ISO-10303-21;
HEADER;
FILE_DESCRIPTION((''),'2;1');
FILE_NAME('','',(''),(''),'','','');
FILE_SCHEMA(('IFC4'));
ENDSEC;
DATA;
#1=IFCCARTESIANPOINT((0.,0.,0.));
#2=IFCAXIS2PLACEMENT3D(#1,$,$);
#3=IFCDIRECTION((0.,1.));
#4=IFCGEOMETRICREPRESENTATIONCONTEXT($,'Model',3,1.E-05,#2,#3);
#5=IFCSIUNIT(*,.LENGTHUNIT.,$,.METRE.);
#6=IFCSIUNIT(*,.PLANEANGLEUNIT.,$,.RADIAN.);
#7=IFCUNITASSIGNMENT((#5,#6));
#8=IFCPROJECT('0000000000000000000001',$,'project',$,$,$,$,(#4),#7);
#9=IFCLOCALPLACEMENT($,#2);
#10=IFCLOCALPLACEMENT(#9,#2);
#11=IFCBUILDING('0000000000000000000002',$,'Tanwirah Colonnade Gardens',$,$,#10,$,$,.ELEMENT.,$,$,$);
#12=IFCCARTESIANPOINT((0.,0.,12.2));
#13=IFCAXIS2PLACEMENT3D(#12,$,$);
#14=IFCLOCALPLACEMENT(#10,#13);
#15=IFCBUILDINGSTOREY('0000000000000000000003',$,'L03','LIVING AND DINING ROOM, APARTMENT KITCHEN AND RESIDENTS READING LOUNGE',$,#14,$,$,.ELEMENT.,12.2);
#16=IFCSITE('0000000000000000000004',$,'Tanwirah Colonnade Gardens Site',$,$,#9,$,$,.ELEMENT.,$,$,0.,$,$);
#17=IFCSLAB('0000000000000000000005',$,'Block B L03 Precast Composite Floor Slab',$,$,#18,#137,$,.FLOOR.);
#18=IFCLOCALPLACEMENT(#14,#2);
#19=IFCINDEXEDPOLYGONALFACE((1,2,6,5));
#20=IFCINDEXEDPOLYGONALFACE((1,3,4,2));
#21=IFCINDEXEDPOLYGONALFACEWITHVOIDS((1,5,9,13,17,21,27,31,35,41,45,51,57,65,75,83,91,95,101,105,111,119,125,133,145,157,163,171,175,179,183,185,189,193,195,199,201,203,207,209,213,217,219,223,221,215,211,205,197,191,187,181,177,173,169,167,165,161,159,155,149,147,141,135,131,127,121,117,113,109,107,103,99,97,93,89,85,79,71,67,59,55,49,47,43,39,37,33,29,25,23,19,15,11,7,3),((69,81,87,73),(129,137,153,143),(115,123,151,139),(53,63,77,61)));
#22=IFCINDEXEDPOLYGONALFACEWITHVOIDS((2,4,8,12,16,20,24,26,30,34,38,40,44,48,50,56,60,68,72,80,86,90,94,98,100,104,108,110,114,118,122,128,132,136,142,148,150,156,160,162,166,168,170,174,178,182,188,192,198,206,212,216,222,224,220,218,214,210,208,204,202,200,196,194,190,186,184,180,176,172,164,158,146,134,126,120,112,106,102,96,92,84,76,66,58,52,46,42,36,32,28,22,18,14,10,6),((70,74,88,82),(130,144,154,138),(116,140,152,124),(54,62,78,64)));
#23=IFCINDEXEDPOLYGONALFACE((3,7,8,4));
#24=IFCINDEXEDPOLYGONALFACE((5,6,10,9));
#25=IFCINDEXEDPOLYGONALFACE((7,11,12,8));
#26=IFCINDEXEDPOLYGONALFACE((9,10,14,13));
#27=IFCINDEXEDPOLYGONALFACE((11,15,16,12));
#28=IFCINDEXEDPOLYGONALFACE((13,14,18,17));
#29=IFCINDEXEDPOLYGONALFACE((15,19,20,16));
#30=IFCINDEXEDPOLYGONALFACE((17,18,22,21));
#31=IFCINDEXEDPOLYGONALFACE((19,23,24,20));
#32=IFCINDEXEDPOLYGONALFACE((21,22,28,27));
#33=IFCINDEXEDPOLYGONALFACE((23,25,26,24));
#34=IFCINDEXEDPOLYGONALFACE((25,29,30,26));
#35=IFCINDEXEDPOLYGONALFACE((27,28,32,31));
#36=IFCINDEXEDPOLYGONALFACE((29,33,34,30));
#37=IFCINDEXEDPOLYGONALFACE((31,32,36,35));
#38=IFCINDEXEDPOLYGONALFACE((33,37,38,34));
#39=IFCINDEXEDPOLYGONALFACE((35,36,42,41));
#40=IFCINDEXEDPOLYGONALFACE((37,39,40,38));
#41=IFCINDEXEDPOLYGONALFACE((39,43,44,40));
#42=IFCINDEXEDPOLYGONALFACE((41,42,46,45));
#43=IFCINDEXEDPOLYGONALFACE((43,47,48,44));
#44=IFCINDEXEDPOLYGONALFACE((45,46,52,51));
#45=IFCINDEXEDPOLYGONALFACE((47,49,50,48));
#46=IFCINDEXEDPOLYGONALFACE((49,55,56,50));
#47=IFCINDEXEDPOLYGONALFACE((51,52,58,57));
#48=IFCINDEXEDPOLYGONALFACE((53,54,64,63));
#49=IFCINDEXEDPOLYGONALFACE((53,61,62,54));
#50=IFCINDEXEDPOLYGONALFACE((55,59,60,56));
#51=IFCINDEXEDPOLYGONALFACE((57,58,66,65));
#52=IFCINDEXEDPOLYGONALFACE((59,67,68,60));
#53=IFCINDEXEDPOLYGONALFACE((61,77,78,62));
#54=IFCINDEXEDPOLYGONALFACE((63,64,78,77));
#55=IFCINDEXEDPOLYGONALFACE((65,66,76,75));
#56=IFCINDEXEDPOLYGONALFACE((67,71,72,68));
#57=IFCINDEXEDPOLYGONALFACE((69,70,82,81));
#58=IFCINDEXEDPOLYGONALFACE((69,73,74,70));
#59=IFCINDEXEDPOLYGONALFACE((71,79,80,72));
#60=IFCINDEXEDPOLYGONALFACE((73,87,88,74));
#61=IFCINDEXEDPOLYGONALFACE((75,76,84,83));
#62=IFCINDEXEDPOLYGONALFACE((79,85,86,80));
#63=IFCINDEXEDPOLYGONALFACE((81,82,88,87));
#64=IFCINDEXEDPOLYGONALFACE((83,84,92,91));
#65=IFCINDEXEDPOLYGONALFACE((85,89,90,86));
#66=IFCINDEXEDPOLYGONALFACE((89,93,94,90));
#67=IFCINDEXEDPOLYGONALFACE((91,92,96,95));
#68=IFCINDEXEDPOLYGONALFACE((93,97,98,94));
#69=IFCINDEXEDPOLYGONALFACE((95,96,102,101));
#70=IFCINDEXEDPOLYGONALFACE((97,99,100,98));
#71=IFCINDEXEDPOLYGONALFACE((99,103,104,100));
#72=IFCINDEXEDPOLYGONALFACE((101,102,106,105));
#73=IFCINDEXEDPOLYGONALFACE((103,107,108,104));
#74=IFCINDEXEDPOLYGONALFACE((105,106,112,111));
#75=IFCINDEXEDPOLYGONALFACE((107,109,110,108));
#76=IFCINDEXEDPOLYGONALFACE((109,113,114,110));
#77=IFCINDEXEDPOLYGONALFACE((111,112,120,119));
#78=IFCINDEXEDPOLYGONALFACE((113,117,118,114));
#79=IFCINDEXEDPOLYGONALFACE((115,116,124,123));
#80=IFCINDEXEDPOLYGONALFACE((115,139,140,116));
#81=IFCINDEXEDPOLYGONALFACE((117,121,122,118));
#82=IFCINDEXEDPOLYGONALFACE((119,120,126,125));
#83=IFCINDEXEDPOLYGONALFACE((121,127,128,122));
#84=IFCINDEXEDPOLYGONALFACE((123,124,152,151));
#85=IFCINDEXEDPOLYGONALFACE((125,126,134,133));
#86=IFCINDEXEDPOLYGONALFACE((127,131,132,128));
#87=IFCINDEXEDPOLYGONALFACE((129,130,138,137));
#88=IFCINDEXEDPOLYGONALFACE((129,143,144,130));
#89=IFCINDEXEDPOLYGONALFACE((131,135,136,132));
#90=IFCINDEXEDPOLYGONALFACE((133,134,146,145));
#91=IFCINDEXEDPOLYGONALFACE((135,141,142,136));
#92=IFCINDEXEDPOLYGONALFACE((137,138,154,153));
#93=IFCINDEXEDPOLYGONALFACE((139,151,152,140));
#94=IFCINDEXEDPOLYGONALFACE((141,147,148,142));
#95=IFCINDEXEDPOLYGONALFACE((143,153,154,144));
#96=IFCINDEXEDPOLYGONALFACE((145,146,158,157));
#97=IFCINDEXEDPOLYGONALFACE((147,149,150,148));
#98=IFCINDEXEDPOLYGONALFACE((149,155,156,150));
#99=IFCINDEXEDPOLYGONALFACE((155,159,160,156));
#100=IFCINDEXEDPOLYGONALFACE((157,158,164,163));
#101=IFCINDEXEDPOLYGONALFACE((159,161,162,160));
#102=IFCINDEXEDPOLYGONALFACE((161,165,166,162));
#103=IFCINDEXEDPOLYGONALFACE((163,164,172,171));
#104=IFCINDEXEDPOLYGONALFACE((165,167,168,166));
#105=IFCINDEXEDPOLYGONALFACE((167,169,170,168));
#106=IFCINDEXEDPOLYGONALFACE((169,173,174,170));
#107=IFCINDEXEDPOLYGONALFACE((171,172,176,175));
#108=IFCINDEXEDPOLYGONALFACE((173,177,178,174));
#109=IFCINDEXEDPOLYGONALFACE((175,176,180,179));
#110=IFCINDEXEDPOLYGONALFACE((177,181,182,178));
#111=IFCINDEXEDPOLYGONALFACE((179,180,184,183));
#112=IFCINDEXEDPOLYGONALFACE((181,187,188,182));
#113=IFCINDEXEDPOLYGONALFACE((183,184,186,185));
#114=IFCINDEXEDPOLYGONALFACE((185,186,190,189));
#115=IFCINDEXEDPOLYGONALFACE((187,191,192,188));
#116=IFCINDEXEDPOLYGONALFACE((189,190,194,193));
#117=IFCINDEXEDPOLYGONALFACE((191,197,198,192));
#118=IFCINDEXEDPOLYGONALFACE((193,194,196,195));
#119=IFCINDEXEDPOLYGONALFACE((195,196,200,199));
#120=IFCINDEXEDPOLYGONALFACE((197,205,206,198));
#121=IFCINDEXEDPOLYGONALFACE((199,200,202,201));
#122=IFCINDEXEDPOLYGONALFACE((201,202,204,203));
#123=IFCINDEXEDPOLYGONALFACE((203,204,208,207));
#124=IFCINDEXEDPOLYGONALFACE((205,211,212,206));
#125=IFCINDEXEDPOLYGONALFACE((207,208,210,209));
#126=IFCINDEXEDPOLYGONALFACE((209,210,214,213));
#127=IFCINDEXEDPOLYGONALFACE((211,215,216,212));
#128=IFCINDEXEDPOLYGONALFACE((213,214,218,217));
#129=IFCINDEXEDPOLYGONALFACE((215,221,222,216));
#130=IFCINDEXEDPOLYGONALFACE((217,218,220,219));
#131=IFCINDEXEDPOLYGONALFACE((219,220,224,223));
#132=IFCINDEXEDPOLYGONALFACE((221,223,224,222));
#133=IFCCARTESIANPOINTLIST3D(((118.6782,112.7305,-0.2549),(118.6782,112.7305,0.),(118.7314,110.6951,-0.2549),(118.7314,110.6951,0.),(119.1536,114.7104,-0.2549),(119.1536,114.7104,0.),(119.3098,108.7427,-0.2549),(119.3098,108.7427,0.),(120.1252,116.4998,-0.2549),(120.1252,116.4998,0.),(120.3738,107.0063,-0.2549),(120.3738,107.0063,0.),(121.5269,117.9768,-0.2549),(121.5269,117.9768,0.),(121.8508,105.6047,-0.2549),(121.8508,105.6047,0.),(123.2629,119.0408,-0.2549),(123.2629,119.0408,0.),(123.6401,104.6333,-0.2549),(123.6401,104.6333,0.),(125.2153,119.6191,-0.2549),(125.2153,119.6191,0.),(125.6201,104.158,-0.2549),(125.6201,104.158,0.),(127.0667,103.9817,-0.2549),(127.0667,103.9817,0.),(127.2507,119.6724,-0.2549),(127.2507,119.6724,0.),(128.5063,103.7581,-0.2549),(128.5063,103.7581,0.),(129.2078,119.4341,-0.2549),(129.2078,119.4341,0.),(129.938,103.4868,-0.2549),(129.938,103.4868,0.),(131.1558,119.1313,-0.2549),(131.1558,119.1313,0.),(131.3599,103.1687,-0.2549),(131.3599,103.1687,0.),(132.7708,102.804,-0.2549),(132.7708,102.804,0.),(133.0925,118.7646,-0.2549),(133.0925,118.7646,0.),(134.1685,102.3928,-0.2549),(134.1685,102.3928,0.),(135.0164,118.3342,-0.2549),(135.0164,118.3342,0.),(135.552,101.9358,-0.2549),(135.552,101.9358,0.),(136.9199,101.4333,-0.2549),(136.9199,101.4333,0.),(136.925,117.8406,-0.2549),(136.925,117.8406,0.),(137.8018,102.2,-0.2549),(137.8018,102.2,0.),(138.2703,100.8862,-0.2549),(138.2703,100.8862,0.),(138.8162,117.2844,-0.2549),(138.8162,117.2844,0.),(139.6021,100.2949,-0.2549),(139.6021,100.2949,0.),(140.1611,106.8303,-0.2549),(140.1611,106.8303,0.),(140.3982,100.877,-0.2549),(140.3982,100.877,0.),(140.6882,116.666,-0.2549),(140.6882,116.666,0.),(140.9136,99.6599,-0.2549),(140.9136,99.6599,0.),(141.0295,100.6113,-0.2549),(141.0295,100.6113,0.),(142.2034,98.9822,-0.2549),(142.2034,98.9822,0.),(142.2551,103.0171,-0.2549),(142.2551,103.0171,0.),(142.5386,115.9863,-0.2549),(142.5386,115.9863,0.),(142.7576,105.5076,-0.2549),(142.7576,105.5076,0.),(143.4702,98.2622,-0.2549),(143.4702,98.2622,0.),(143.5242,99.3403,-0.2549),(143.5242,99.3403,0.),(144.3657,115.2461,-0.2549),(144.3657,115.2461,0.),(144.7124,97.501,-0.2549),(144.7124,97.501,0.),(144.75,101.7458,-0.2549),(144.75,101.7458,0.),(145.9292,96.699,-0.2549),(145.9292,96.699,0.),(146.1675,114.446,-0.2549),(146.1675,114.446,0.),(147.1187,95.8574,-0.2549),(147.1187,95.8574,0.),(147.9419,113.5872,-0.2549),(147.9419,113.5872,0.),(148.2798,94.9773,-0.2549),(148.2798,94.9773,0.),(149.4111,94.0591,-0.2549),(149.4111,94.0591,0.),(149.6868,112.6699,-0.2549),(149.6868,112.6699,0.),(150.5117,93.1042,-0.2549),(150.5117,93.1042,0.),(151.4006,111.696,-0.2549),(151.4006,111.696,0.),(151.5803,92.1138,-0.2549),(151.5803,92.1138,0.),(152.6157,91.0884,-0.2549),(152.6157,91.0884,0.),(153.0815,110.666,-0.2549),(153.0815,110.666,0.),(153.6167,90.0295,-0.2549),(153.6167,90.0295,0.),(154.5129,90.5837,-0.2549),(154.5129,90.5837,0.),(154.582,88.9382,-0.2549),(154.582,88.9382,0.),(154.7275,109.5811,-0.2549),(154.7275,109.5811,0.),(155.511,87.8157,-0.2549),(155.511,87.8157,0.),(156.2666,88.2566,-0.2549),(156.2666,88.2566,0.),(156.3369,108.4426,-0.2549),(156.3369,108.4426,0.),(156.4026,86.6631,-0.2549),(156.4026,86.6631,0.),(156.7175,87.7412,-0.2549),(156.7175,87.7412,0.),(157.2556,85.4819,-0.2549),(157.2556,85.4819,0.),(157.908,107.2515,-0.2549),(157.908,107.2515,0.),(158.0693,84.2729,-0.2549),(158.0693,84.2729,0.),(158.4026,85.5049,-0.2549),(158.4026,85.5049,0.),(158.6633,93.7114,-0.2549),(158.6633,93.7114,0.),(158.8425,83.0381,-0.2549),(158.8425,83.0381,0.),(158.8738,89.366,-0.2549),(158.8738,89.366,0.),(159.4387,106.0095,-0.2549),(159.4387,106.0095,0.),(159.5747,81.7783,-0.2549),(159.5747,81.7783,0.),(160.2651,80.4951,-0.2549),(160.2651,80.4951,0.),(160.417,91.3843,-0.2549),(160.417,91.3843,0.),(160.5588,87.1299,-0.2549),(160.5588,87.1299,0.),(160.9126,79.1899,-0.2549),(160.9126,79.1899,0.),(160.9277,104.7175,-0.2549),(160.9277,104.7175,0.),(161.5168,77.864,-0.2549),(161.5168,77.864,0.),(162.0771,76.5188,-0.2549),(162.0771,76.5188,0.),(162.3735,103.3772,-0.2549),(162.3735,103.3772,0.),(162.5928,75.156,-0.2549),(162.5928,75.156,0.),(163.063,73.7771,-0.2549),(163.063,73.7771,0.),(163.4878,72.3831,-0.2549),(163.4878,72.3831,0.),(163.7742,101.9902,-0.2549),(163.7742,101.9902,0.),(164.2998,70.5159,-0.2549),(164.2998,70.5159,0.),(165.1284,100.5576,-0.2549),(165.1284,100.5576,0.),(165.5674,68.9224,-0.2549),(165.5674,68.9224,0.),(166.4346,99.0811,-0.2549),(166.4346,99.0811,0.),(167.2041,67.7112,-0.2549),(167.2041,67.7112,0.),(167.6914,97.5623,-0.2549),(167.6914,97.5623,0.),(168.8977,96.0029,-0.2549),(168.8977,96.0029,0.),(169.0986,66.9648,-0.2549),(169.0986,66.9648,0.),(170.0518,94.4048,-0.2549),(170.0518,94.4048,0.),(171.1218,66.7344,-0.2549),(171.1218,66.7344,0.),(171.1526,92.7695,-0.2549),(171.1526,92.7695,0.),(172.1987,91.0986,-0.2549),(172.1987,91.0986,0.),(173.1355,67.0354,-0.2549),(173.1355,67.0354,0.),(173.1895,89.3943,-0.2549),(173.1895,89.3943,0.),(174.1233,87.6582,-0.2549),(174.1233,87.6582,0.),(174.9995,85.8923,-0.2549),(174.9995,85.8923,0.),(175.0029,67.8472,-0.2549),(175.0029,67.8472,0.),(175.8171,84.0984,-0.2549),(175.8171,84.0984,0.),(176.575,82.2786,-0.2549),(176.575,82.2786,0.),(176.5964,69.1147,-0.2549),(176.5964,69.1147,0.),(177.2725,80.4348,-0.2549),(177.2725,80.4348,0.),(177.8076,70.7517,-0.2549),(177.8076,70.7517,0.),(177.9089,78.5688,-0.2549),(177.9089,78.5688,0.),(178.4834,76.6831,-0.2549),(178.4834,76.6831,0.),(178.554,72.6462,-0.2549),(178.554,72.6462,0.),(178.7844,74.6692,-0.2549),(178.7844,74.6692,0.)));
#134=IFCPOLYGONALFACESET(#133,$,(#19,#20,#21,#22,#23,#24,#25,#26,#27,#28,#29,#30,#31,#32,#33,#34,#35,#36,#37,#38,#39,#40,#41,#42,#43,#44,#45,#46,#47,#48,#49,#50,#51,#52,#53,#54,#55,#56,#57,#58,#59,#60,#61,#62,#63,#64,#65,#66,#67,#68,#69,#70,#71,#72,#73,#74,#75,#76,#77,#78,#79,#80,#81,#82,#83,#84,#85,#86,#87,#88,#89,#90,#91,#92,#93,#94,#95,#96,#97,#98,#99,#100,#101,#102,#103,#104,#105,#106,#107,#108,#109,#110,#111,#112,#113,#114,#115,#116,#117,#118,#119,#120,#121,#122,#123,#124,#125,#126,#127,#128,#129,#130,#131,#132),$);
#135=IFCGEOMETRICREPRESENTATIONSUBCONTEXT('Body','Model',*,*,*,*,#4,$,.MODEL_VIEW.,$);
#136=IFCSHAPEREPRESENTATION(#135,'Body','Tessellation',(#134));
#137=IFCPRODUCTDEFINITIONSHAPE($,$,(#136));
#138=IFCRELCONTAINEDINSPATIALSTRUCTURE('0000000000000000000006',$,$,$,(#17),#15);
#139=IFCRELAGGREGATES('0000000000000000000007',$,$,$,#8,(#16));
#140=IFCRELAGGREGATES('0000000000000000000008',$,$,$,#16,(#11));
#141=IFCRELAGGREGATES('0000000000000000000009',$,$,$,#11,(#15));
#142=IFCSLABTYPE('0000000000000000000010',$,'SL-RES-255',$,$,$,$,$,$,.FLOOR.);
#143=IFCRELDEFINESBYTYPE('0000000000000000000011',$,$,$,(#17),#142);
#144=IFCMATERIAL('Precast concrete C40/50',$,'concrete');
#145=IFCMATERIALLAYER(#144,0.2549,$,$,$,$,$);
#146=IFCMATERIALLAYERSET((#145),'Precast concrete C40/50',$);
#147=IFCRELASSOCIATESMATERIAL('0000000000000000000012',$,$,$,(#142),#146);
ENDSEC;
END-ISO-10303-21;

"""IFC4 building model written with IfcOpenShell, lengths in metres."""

from ifc_helpers import new_model, si_unit, direction, frame, origin, place, context, subcontext, project, spatial, polyline, outline, extrude, material, layer, layer_set, type_object, element, save


model = new_model("IFC4")

# Units and contexts
model_context = context("Model", 3, precision=1e-05, world=origin(), true_north=direction((0.0, 1.0)))
body_context = subcontext(model_context, "Body", "Model", "MODEL_VIEW")
ifc_project = project(units=[si_unit("LENGTHUNIT", "METRE"), si_unit("PLANEANGLEUNIT", "RADIAN")], contexts=[model_context])

# Site, building, storey
site_placement = place(None, origin())
site = spatial("IfcSite", under=ifc_project, at=site_placement, Name="Tanwirah Colonnade Gardens Site", CompositionType="ELEMENT", RefElevation=0.0)
building_placement = place(site_placement, origin())
building = spatial("IfcBuilding", under=site, at=building_placement, Name="Tanwirah Colonnade Gardens", CompositionType="ELEMENT")
storey_placement = place(building_placement, frame((0.0, 0.0, 12.2)))
storey = spatial("IfcBuildingStorey", under=building, at=storey_placement, Name="L03", Description="LIVING AND DINING ROOM, APARTMENT KITCHEN AND RESIDENTS READING LOUNGE", CompositionType="ELEMENT", Elevation=12.2)

# Shared definitions
ifc_material_1 = material(Name="Precast concrete C40/50", Category="concrete")

# Slab
ifc_layer_1 = layer(ifc_material_1, 0.2549)
ifc_layer_set_1 = layer_set([ifc_layer_1], Name="Precast concrete C40/50")
slab_type_1 = type_object("IfcSlabType", Name="SL-RES-255", PredefinedType="FLOOR", material=ifc_layer_set_1)
slab_1_placement = place(storey_placement, frame((0.0, 0.0, -0.2549)))
element("IfcSlab", 1, at=slab_1_placement, inside=storey, type_object=slab_type_1, Name="Block B L03 Precast Composite Floor Slab", PredefinedType="FLOOR", context=body_context, shape_type="SweptSolid", body=[
    extrude(outline(polyline([(162.5928, 75.156), (163.063, 73.7771), (163.4878, 72.3831), (164.2998, 70.5159), (165.5674, 68.9224), (167.2041, 67.7112), (169.0986, 66.9648), (171.1218, 66.7344), (173.1355, 67.0354), (175.0029, 67.8472), (176.5964, 69.1147), (177.8076, 70.7517), (178.554, 72.6462), (178.7844, 74.6692), (178.4834, 76.6831), (177.9089, 78.5688), (177.2725, 80.4348), (176.575, 82.2786), (175.8171, 84.0984), (174.9995, 85.8923), (174.1233, 87.6582), (173.1895, 89.3943), (172.1987, 91.0986), (171.1526, 92.7695), (170.0518, 94.4048), (168.8977, 96.0029), (167.6914, 97.5623), (166.4346, 99.0811), (165.1284, 100.5576), (163.7742, 101.9902), (162.3735, 103.3772), (160.9277, 104.7175), (159.4387, 106.0095), (157.908, 107.2515), (156.3369, 108.4426), (154.7275, 109.5811), (153.0815, 110.666), (151.4006, 111.696), (149.6868, 112.6699), (147.9419, 113.5872), (146.1675, 114.446), (144.3657, 115.2461), (142.5386, 115.9863), (140.6882, 116.666), (138.8162, 117.2844), (136.925, 117.8406), (135.0164, 118.3342), (133.0925, 118.7646), (131.1558, 119.1313), (129.2078, 119.4341), (127.2507, 119.6724), (125.2153, 119.6191), (123.2629, 119.0408), (121.5269, 117.9768), (120.1252, 116.4998), (119.1536, 114.7104), (118.6782, 112.7305), (118.7314, 110.6951), (119.3098, 108.7427), (120.3738, 107.0063), (121.8508, 105.6047), (123.6401, 104.6333), (125.6201, 104.158), (127.0667, 103.9817), (128.5063, 103.7581), (129.938, 103.4868), (131.3599, 103.1687), (132.7708, 102.804), (134.1685, 102.3928), (135.552, 101.9358), (136.9199, 101.4333), (138.2703, 100.8862), (139.6021, 100.2949), (140.9136, 99.6599), (142.2034, 98.9822), (143.4702, 98.2622), (144.7124, 97.501), (145.9292, 96.699), (147.1187, 95.8574), (148.2798, 94.9773), (149.4111, 94.0591), (150.5117, 93.1042), (151.5803, 92.1138), (152.6157, 91.0884), (153.6167, 90.0295), (154.582, 88.9382), (155.511, 87.8157), (156.4026, 86.6631), (157.2556, 85.4819), (158.0693, 84.2729), (158.8425, 83.0381), (159.5747, 81.7783), (160.2651, 80.4951), (160.9126, 79.1899), (161.5168, 77.864), (162.0771, 76.5188), (162.5928, 75.156)]), holes=[polyline([(160.417, 91.3843), (156.2666, 88.2566), (154.5129, 90.5837), (158.6633, 93.7114), (160.417, 91.3843)]), polyline([(158.4026, 85.5049), (156.7175, 87.7412), (158.8738, 89.366), (160.5588, 87.1299), (158.4026, 85.5049)]), polyline([(137.8018, 102.2), (140.1611, 106.8303), (142.7576, 105.5076), (140.3982, 100.877), (137.8018, 102.2)]), polyline([(142.2551, 103.0171), (144.75, 101.7458), (143.5242, 99.3403), (141.0295, 100.6113), (142.2551, 103.0171)])]), origin(), (0.0, 0.0, 1.0), 0.2549),
])

save(model, "model.ifc")
